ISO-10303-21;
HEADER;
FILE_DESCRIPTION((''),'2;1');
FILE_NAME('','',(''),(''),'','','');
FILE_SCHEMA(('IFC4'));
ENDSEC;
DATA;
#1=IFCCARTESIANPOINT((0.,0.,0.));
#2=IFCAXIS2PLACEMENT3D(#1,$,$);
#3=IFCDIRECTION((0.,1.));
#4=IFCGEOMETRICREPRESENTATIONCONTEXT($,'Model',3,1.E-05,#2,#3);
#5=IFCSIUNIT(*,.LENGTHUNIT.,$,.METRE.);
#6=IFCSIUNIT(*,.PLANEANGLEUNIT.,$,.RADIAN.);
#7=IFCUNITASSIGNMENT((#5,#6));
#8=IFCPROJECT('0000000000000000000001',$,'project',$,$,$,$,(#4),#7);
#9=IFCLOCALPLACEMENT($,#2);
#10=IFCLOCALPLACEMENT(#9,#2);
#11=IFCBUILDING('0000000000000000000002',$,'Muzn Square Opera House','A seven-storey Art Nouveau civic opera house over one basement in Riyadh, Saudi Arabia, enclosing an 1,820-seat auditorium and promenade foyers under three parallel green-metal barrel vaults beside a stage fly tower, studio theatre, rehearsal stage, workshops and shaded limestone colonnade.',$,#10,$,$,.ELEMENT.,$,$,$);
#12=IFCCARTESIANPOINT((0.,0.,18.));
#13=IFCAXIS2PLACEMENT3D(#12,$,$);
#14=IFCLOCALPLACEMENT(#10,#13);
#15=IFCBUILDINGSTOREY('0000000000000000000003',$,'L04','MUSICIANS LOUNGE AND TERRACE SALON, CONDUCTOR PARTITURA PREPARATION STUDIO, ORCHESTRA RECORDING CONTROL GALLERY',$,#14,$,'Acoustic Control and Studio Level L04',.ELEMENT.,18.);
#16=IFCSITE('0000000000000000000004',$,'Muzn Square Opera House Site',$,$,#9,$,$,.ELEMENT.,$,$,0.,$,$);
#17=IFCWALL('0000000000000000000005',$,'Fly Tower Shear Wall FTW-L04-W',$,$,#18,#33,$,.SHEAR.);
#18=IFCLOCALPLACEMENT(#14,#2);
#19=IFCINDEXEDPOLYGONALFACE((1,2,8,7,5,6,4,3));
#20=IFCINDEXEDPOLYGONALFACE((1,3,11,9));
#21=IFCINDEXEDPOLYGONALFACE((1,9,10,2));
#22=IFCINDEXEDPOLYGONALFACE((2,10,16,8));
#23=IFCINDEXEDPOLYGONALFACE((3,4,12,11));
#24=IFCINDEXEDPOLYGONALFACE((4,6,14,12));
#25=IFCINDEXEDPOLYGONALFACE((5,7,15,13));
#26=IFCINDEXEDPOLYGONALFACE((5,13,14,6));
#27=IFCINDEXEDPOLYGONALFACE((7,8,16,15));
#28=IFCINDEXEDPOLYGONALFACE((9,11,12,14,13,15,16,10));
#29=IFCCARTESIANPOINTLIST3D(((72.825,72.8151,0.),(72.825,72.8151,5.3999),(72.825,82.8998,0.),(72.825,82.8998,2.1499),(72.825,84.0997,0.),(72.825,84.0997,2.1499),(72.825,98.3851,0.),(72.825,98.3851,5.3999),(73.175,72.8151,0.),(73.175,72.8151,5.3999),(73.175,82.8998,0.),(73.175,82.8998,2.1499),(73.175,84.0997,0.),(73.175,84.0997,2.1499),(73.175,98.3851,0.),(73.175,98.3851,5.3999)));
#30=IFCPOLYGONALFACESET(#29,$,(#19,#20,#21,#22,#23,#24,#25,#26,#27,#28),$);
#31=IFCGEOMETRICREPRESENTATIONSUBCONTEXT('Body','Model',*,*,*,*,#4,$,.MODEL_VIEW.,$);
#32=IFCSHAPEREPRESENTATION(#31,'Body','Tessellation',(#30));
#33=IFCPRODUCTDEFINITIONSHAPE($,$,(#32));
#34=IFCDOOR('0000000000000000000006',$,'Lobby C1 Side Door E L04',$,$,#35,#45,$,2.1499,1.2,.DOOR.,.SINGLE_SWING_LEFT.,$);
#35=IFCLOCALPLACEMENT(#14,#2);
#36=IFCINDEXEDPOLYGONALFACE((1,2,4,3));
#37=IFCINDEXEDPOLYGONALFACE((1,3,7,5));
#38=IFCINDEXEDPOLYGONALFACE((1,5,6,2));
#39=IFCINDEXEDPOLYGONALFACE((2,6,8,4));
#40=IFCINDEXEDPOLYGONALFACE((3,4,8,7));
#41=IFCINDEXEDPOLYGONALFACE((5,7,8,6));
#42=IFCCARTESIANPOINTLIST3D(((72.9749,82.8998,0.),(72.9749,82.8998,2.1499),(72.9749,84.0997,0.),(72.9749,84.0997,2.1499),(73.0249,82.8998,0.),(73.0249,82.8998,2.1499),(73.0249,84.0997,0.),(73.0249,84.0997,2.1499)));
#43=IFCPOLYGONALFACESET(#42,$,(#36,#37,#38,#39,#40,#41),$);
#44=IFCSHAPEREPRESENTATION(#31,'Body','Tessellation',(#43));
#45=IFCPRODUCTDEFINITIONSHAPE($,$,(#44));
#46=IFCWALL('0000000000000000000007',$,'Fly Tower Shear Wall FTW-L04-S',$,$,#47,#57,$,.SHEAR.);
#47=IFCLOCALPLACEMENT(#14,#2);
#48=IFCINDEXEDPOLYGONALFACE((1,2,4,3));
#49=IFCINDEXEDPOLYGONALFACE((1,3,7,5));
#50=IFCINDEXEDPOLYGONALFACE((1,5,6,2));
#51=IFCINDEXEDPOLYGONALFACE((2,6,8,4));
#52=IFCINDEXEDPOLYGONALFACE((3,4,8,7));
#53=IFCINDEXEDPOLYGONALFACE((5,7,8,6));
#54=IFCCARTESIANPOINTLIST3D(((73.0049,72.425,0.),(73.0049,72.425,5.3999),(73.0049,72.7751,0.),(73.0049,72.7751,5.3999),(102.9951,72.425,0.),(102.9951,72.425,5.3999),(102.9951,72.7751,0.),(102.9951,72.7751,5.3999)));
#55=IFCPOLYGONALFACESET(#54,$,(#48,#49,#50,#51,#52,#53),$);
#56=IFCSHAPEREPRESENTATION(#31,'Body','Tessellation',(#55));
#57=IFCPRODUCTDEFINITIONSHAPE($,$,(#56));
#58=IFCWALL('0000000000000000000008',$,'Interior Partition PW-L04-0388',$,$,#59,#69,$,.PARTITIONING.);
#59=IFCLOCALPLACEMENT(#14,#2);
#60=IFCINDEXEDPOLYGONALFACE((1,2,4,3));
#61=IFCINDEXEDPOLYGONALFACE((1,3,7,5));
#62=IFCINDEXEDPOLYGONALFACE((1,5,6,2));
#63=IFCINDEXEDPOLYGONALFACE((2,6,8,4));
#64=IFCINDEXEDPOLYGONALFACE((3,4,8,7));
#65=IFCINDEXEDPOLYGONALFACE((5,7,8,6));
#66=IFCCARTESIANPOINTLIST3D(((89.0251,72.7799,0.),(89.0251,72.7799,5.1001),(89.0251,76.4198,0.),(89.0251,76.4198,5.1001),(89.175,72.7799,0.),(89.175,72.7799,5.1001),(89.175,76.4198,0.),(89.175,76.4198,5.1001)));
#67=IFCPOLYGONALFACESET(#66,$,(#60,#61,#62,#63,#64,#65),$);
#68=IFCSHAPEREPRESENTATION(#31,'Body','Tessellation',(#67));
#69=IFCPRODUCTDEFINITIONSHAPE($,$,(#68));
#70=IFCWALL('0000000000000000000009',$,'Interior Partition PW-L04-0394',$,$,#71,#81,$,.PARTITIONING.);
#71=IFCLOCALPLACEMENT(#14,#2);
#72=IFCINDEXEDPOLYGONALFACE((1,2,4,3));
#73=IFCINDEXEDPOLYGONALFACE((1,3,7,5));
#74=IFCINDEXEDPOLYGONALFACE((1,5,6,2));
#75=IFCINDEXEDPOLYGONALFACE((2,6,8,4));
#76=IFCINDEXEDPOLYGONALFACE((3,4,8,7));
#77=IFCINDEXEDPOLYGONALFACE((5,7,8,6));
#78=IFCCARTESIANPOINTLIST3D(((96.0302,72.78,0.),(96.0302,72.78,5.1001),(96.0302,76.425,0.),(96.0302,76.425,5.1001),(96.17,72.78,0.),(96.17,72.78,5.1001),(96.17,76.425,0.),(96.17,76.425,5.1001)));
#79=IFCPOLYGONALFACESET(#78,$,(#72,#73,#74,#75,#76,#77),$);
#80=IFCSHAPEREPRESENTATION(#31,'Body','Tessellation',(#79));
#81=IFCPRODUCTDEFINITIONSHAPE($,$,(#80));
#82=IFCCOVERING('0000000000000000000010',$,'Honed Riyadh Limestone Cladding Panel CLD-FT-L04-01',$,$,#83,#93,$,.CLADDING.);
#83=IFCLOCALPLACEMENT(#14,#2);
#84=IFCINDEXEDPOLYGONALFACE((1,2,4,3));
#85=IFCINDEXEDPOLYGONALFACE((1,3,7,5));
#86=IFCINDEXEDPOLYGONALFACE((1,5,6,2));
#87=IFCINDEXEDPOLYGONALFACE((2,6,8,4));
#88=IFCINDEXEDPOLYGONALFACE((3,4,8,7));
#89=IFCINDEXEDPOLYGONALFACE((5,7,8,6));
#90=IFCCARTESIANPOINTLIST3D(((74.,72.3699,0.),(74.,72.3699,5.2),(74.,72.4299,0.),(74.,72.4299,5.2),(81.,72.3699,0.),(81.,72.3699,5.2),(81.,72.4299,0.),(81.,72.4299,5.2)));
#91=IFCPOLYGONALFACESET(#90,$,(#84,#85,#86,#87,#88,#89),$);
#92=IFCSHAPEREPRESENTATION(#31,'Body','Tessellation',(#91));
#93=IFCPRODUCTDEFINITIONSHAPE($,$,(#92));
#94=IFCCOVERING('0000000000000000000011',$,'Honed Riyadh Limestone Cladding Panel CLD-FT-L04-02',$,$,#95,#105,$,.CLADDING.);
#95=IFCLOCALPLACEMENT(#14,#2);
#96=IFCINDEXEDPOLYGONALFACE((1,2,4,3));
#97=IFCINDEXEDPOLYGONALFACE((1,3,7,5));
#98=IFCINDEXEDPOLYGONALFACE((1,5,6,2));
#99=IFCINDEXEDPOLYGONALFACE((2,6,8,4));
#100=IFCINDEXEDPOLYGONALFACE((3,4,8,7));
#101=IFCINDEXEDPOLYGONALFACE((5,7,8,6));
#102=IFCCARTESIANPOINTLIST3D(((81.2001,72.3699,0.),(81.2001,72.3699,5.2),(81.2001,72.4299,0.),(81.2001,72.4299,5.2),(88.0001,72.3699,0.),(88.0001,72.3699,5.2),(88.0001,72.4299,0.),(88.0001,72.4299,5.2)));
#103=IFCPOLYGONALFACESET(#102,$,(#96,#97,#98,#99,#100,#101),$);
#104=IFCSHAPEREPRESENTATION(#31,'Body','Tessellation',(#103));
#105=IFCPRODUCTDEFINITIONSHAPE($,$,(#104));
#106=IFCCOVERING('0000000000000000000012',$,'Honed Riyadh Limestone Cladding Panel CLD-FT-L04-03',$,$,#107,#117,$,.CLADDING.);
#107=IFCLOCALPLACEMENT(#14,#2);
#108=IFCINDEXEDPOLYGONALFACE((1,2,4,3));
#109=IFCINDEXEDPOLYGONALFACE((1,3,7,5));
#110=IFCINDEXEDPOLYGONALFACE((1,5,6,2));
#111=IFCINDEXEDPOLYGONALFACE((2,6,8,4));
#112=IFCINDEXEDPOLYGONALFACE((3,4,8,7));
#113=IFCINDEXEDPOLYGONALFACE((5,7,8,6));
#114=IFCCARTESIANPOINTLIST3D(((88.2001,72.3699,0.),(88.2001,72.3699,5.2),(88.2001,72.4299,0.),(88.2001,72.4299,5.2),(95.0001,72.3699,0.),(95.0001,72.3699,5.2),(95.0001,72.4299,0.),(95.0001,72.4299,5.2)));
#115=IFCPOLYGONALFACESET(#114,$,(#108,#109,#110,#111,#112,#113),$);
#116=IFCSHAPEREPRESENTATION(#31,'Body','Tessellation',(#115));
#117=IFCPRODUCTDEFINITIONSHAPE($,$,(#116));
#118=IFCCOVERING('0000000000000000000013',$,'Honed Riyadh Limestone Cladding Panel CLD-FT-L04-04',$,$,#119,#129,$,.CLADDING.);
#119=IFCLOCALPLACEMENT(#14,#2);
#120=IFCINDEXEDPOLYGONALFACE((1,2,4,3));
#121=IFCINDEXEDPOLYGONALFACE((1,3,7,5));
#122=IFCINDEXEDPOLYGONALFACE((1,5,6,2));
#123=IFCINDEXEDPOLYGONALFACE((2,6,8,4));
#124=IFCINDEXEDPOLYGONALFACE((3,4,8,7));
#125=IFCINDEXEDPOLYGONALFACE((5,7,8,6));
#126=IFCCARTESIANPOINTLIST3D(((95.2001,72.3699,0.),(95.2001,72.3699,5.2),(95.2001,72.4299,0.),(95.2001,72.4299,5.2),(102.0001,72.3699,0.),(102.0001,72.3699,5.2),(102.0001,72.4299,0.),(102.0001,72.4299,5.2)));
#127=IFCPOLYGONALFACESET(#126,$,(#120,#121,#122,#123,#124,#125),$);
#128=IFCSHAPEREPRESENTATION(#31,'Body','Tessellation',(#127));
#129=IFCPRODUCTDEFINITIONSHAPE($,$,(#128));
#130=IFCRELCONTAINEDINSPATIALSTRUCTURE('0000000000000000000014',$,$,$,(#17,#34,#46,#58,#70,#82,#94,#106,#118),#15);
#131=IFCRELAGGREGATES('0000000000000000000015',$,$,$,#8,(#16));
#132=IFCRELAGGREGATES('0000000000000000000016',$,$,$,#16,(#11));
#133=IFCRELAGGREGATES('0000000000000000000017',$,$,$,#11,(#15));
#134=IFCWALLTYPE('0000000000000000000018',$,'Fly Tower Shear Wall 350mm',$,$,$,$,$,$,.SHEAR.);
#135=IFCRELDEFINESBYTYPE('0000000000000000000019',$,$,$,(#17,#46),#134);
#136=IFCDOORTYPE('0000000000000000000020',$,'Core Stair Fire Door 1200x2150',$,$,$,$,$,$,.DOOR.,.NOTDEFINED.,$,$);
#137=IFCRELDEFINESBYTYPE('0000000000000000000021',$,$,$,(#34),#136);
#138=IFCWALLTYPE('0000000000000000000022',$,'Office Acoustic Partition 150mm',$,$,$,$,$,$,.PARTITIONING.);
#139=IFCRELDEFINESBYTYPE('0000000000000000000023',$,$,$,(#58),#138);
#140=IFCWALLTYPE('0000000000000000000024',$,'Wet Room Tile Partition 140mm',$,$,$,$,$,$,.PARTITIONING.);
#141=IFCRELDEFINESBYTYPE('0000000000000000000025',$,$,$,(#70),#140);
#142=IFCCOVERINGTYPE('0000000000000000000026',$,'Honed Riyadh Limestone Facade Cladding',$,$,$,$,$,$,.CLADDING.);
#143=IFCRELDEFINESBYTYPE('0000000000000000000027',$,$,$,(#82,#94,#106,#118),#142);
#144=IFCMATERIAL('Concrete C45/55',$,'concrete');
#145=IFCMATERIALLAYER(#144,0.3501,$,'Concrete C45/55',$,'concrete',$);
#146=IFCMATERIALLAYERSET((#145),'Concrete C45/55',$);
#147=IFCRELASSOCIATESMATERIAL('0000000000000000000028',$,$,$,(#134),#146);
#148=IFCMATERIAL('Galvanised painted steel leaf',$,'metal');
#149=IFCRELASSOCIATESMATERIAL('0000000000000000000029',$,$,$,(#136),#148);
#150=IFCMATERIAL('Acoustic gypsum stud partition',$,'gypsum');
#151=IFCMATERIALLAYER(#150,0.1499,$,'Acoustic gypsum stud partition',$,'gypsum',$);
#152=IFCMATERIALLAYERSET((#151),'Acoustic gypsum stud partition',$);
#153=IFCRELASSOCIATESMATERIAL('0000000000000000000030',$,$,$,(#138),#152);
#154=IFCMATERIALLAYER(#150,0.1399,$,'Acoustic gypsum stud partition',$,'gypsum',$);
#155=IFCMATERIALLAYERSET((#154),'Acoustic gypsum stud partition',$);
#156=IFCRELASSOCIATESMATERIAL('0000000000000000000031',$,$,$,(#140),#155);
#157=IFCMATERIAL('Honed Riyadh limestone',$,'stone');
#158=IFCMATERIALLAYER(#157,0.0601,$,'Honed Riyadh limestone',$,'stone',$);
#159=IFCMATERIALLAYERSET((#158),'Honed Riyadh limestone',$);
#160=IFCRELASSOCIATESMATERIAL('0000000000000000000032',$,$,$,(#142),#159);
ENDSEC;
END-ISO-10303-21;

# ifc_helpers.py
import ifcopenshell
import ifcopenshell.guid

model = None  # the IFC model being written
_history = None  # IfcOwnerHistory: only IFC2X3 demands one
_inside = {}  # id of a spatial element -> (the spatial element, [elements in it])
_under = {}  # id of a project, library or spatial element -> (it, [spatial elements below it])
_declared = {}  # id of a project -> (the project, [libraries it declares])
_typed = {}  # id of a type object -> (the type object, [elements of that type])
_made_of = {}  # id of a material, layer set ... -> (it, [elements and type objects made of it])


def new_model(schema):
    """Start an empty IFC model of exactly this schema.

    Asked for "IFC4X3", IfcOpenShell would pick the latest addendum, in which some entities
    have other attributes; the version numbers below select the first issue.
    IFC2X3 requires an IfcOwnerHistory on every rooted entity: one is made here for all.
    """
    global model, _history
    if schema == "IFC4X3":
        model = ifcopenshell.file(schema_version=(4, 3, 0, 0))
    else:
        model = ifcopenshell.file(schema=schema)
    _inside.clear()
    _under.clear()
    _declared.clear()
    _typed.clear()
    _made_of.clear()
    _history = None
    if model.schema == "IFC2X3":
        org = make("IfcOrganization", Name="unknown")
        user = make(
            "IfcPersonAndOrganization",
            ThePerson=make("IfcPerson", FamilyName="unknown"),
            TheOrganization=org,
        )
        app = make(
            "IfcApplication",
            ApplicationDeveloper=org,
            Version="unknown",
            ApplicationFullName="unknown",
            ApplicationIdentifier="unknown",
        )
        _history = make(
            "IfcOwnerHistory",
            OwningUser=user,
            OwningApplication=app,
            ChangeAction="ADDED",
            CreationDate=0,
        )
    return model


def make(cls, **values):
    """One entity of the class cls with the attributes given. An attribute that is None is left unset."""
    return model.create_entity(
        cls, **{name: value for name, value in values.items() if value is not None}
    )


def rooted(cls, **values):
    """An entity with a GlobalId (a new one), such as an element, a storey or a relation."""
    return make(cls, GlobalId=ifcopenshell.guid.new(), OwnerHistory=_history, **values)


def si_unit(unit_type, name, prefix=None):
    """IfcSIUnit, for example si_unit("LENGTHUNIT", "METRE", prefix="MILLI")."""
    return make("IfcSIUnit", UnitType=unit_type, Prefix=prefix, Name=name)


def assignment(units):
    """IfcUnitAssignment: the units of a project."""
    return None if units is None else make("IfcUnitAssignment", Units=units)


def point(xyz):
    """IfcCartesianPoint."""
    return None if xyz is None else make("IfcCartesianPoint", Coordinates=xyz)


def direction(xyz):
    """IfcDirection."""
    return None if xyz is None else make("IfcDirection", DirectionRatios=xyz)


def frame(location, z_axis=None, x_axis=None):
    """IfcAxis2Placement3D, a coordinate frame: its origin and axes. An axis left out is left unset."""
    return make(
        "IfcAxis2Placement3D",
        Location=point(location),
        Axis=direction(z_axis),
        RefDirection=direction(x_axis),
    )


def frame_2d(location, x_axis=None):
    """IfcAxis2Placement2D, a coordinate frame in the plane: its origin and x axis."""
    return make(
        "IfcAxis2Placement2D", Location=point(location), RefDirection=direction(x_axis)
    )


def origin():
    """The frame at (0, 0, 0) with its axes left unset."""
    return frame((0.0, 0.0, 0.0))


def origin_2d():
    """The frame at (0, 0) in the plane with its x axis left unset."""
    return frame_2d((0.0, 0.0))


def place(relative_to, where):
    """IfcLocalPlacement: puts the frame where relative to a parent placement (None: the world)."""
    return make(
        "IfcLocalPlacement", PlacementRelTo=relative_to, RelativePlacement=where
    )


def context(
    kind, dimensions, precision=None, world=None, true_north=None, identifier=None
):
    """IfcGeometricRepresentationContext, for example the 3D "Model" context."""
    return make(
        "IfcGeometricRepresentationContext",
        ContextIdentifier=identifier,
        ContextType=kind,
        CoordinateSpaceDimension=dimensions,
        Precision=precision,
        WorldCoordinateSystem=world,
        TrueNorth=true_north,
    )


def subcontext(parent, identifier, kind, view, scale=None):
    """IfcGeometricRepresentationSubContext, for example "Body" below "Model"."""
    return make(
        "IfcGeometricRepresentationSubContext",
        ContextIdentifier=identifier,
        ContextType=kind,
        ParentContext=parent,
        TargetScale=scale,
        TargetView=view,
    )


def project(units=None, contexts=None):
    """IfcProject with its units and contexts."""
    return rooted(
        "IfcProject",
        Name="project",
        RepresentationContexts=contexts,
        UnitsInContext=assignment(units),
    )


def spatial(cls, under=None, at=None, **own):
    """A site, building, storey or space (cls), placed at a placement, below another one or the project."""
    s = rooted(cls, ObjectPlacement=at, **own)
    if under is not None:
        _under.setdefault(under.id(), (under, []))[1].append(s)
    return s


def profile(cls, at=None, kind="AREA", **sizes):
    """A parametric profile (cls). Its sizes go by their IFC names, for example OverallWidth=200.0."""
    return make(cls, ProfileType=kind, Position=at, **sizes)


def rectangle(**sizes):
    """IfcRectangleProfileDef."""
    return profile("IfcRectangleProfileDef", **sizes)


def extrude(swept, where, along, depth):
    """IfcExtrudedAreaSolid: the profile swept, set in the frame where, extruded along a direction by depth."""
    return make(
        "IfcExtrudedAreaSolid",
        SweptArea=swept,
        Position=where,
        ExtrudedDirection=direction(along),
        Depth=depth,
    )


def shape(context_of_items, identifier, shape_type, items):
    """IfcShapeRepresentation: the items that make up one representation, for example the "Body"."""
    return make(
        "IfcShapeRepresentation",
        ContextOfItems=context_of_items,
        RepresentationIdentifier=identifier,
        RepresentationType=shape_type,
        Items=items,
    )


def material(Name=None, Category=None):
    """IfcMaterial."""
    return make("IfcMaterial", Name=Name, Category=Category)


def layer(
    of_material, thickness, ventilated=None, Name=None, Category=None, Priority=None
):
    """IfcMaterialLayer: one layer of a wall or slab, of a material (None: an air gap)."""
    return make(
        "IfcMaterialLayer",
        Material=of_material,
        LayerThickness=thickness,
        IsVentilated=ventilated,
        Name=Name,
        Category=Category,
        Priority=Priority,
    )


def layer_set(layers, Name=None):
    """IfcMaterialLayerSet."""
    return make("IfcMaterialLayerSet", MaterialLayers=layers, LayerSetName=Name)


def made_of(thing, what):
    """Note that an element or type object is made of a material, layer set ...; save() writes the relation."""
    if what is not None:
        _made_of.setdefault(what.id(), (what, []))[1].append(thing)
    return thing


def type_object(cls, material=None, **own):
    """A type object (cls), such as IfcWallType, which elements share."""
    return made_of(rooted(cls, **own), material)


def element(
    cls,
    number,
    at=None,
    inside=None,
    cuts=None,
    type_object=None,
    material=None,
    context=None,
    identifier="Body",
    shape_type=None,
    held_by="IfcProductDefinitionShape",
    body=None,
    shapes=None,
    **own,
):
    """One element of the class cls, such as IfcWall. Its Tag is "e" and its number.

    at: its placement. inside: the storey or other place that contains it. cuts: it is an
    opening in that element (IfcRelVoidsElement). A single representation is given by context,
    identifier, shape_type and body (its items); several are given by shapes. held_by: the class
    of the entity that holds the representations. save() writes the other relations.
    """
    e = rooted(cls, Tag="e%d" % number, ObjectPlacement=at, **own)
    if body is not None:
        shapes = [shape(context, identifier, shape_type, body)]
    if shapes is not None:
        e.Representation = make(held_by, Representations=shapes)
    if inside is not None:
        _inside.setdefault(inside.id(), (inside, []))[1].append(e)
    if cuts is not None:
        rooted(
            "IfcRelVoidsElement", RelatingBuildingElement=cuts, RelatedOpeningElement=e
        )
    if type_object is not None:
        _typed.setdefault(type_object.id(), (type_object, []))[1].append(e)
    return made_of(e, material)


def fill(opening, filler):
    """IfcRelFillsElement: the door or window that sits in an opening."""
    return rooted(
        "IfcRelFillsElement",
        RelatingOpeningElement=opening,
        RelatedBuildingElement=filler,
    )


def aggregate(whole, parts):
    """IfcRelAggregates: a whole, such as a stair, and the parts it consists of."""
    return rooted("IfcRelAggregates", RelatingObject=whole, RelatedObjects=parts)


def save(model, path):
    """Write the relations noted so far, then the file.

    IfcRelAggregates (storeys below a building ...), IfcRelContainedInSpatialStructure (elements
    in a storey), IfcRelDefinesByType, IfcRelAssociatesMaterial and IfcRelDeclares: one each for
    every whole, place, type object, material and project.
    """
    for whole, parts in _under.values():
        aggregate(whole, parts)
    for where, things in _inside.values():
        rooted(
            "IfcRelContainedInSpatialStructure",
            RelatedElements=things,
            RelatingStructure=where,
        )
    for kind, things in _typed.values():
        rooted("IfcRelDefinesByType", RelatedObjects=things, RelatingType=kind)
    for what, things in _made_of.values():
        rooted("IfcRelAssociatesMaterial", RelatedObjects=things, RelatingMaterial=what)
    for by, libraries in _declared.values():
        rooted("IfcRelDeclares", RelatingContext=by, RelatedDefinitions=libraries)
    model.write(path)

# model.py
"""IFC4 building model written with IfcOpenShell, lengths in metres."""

from ifc_helpers import new_model, si_unit, direction, frame, frame_2d, origin, origin_2d, place, context, subcontext, project, spatial, rectangle, extrude, material, layer, layer_set, type_object, element, fill, save


model = new_model("IFC4")

# Units and contexts
model_context = context("Model", 3, precision=1e-05, world=origin(), true_north=direction((0.0, 1.0)))
body_context = subcontext(model_context, "Body", "Model", "MODEL_VIEW")
ifc_project = project(units=[si_unit("LENGTHUNIT", "METRE"), si_unit("PLANEANGLEUNIT", "RADIAN")], contexts=[model_context])

# Site, building, storey
site_placement = place(None, origin())
site = spatial("IfcSite", under=ifc_project, at=site_placement, Name="Muzn Square Opera House Site", CompositionType="ELEMENT", RefElevation=0.0)
building_placement = place(site_placement, origin())
building = spatial("IfcBuilding", under=site, at=building_placement, Name="Muzn Square Opera House", Description="A seven-storey Art Nouveau civic opera house over one basement in Riyadh, Saudi Arabia, enclosing an 1,820-seat auditorium and promenade foyers under three parallel green-metal barrel vaults beside a stage fly tower, studio theatre, rehearsal stage, workshops and shaded limestone colonnade.", CompositionType="ELEMENT")
storey_placement = place(building_placement, frame((0.0, 0.0, 18.0)))
storey = spatial("IfcBuildingStorey", under=building, at=storey_placement, Name="L04", Description="MUSICIANS LOUNGE AND TERRACE SALON, CONDUCTOR PARTITURA PREPARATION STUDIO, ORCHESTRA RECORDING CONTROL GALLERY", LongName="Acoustic Control and Studio Level L04", CompositionType="ELEMENT", Elevation=18.0)

# Wall, opening, door
ifc_material_1 = material(Name="Concrete C45/55", Category="concrete")
ifc_layer_1 = layer(ifc_material_1, 0.3501, Name="Concrete C45/55", Category="concrete")
ifc_layer_set_1 = layer_set([ifc_layer_1], Name="Concrete C45/55")
wall_type_1 = type_object("IfcWallType", Name="Fly Tower Shear Wall 350mm", PredefinedType="SHEAR", material=ifc_layer_set_1)
wall_1_placement = place(storey_placement, frame((73.0, 72.8149, 0.0), z_axis=(0.0, 0.0, 1.0), x_axis=(0.0, 1.0, 0.0)))
wall_1 = element("IfcWall", 1, at=wall_1_placement, inside=storey, type_object=wall_type_1, Name="Fly Tower Shear Wall FTW-L04-W", PredefinedType="SHEAR", context=body_context, shape_type="SweptSolid", body=[
    extrude(rectangle(XDim=25.5701, YDim=0.3501, at=frame_2d((12.7852, 0.0))), origin(), (0.0, 0.0, 1.0), 5.3999),
])
opening_placement = place(wall_1_placement, frame((11.2849, 0.0, 0.0), z_axis=(0.0, 0.0, 1.0), x_axis=(-1.0, 0.0, 0.0)))
opening = element("IfcOpeningElement", 2, at=opening_placement, cuts=wall_1, PredefinedType="OPENING", context=body_context, shape_type="SweptSolid", body=[
    extrude(rectangle(XDim=1.2, YDim=2.1499, at=frame_2d((0.6001, 1.075))), frame((0.0, 0.1851, 0.0), z_axis=(0.0, -1.0, 0.0), x_axis=(1.0, 0.0, 0.0)), (0.0, 0.0, 1.0), 0.3701),
])
ifc_material_2 = material(Name="Galvanised painted steel leaf", Category="metal")
door_type = type_object("IfcDoorType", Name="Core Stair Fire Door 1200x2150", OperationType="NOTDEFINED", PredefinedType="DOOR", material=ifc_material_2)
door_placement = place(opening_placement, origin())
door = element("IfcDoor", 3, at=door_placement, inside=storey, type_object=door_type, Name="Lobby C1 Side Door E L04", OperationType="SINGLE_SWING_LEFT", OverallHeight=2.1499, OverallWidth=1.2, PredefinedType="DOOR", context=body_context, shape_type="SweptSolid", body=[
    extrude(rectangle(XDim=1.2, YDim=2.1499, at=frame_2d((0.6001, 1.075))), frame((0.0, 0.0249, 0.0), z_axis=(0.0, -1.0, 0.0), x_axis=(1.0, 0.0, 0.0)), (0.0, 0.0, 1.0), 0.05),
])
fill(opening, door)

# Walls
wall_2_placement = place(storey_placement, frame((73.0049, 72.6001, 0.0), z_axis=(0.0, 0.0, 1.0), x_axis=(1.0, 0.0, 0.0)))
element("IfcWall", 4, at=wall_2_placement, inside=storey, type_object=wall_type_1, Name="Fly Tower Shear Wall FTW-L04-S", PredefinedType="SHEAR", context=body_context, shape_type="SweptSolid", body=[
    extrude(rectangle(XDim=29.9902, YDim=0.3501, at=frame_2d((14.9951, 0.0))), origin(), (0.0, 0.0, 1.0), 5.3999),
])
ifc_material_3 = material(Name="Acoustic gypsum stud partition", Category="gypsum")
ifc_layer_2 = layer(ifc_material_3, 0.1499, Name="Acoustic gypsum stud partition", Category="gypsum")
ifc_layer_set_2 = layer_set([ifc_layer_2], Name="Acoustic gypsum stud partition")
wall_type_2 = type_object("IfcWallType", Name="Office Acoustic Partition 150mm", PredefinedType="PARTITIONING", material=ifc_layer_set_2)
wall_3_placement = place(storey_placement, frame((89.1001, 72.78, 0.0), z_axis=(0.0, 0.0, 1.0), x_axis=(0.0, 1.0, 0.0)))
element("IfcWall", 5, at=wall_3_placement, inside=storey, type_object=wall_type_2, Name="Interior Partition PW-L04-0388", PredefinedType="PARTITIONING", context=body_context, shape_type="SweptSolid", body=[
    extrude(rectangle(XDim=3.6399, YDim=0.1499, at=frame_2d((1.8198, 0.0))), origin(), (0.0, 0.0, 1.0), 5.1001),
])
ifc_layer_3 = layer(ifc_material_3, 0.1399, Name="Acoustic gypsum stud partition", Category="gypsum")
ifc_layer_set_3 = layer_set([ifc_layer_3], Name="Acoustic gypsum stud partition")
wall_type_3 = type_object("IfcWallType", Name="Wet Room Tile Partition 140mm", PredefinedType="PARTITIONING", material=ifc_layer_set_3)
wall_4_placement = place(storey_placement, frame((96.1001, 72.78, 0.0), z_axis=(0.0, 0.0, 1.0), x_axis=(0.0, 1.0, 0.0)))
element("IfcWall", 6, at=wall_4_placement, inside=storey, type_object=wall_type_3, Name="Interior Partition PW-L04-0394", PredefinedType="PARTITIONING", context=body_context, shape_type="SweptSolid", body=[
    extrude(rectangle(XDim=3.645, YDim=0.1399, at=frame_2d((1.8225, 0.0))), origin(), (0.0, 0.0, 1.0), 5.1001),
])

# Coverings
ifc_material_4 = material(Name="Honed Riyadh limestone", Category="stone")
ifc_layer_4 = layer(ifc_material_4, 0.0601, Name="Honed Riyadh limestone", Category="stone")
ifc_layer_set_4 = layer_set([ifc_layer_4], Name="Honed Riyadh limestone")
covering_type = type_object("IfcCoveringType", Name="Honed Riyadh Limestone Facade Cladding", PredefinedType="CLADDING", material=ifc_layer_set_4)
covering_placement = place(storey_placement, frame((77.5, 72.3999, 0.0), z_axis=(0.0, 0.0, 1.0), x_axis=(1.0, 0.0, 0.0)))
element("IfcCovering", 7, at=covering_placement, inside=storey, type_object=covering_type, Name="Honed Riyadh Limestone Cladding Panel CLD-FT-L04-01", PredefinedType="CLADDING", context=body_context, shape_type="SweptSolid", body=[
    extrude(rectangle(XDim=7.0, YDim=0.0601, at=origin_2d()), origin(), (0.0, 0.0, 1.0), 5.2),
])
for number, where, z_axis, x_axis, name in (
    (8, (84.6001, 72.3999, 0.0), (0.0, 0.0, 1.0), (1.0, 0.0, 0.0), "Honed Riyadh Limestone Cladding Panel CLD-FT-L04-02"),
    (9, (91.6001, 72.3999, 0.0), (0.0, 0.0, 1.0), (1.0, 0.0, 0.0), "Honed Riyadh Limestone Cladding Panel CLD-FT-L04-03"),
    (10, (98.6001, 72.3999, 0.0), (0.0, 0.0, 1.0), (1.0, 0.0, 0.0), "Honed Riyadh Limestone Cladding Panel CLD-FT-L04-04"),
):
    element("IfcCovering", number, at=place(storey_placement, frame(where, z_axis=z_axis, x_axis=x_axis)), inside=storey, type_object=covering_type, Name=name, PredefinedType="CLADDING", context=body_context, shape_type="SweptSolid", body=[
        extrude(rectangle(XDim=6.8, YDim=0.0601, at=origin_2d()), origin(), (0.0, 0.0, 1.0), 5.2),
    ])

save(model, "model.ifc")
